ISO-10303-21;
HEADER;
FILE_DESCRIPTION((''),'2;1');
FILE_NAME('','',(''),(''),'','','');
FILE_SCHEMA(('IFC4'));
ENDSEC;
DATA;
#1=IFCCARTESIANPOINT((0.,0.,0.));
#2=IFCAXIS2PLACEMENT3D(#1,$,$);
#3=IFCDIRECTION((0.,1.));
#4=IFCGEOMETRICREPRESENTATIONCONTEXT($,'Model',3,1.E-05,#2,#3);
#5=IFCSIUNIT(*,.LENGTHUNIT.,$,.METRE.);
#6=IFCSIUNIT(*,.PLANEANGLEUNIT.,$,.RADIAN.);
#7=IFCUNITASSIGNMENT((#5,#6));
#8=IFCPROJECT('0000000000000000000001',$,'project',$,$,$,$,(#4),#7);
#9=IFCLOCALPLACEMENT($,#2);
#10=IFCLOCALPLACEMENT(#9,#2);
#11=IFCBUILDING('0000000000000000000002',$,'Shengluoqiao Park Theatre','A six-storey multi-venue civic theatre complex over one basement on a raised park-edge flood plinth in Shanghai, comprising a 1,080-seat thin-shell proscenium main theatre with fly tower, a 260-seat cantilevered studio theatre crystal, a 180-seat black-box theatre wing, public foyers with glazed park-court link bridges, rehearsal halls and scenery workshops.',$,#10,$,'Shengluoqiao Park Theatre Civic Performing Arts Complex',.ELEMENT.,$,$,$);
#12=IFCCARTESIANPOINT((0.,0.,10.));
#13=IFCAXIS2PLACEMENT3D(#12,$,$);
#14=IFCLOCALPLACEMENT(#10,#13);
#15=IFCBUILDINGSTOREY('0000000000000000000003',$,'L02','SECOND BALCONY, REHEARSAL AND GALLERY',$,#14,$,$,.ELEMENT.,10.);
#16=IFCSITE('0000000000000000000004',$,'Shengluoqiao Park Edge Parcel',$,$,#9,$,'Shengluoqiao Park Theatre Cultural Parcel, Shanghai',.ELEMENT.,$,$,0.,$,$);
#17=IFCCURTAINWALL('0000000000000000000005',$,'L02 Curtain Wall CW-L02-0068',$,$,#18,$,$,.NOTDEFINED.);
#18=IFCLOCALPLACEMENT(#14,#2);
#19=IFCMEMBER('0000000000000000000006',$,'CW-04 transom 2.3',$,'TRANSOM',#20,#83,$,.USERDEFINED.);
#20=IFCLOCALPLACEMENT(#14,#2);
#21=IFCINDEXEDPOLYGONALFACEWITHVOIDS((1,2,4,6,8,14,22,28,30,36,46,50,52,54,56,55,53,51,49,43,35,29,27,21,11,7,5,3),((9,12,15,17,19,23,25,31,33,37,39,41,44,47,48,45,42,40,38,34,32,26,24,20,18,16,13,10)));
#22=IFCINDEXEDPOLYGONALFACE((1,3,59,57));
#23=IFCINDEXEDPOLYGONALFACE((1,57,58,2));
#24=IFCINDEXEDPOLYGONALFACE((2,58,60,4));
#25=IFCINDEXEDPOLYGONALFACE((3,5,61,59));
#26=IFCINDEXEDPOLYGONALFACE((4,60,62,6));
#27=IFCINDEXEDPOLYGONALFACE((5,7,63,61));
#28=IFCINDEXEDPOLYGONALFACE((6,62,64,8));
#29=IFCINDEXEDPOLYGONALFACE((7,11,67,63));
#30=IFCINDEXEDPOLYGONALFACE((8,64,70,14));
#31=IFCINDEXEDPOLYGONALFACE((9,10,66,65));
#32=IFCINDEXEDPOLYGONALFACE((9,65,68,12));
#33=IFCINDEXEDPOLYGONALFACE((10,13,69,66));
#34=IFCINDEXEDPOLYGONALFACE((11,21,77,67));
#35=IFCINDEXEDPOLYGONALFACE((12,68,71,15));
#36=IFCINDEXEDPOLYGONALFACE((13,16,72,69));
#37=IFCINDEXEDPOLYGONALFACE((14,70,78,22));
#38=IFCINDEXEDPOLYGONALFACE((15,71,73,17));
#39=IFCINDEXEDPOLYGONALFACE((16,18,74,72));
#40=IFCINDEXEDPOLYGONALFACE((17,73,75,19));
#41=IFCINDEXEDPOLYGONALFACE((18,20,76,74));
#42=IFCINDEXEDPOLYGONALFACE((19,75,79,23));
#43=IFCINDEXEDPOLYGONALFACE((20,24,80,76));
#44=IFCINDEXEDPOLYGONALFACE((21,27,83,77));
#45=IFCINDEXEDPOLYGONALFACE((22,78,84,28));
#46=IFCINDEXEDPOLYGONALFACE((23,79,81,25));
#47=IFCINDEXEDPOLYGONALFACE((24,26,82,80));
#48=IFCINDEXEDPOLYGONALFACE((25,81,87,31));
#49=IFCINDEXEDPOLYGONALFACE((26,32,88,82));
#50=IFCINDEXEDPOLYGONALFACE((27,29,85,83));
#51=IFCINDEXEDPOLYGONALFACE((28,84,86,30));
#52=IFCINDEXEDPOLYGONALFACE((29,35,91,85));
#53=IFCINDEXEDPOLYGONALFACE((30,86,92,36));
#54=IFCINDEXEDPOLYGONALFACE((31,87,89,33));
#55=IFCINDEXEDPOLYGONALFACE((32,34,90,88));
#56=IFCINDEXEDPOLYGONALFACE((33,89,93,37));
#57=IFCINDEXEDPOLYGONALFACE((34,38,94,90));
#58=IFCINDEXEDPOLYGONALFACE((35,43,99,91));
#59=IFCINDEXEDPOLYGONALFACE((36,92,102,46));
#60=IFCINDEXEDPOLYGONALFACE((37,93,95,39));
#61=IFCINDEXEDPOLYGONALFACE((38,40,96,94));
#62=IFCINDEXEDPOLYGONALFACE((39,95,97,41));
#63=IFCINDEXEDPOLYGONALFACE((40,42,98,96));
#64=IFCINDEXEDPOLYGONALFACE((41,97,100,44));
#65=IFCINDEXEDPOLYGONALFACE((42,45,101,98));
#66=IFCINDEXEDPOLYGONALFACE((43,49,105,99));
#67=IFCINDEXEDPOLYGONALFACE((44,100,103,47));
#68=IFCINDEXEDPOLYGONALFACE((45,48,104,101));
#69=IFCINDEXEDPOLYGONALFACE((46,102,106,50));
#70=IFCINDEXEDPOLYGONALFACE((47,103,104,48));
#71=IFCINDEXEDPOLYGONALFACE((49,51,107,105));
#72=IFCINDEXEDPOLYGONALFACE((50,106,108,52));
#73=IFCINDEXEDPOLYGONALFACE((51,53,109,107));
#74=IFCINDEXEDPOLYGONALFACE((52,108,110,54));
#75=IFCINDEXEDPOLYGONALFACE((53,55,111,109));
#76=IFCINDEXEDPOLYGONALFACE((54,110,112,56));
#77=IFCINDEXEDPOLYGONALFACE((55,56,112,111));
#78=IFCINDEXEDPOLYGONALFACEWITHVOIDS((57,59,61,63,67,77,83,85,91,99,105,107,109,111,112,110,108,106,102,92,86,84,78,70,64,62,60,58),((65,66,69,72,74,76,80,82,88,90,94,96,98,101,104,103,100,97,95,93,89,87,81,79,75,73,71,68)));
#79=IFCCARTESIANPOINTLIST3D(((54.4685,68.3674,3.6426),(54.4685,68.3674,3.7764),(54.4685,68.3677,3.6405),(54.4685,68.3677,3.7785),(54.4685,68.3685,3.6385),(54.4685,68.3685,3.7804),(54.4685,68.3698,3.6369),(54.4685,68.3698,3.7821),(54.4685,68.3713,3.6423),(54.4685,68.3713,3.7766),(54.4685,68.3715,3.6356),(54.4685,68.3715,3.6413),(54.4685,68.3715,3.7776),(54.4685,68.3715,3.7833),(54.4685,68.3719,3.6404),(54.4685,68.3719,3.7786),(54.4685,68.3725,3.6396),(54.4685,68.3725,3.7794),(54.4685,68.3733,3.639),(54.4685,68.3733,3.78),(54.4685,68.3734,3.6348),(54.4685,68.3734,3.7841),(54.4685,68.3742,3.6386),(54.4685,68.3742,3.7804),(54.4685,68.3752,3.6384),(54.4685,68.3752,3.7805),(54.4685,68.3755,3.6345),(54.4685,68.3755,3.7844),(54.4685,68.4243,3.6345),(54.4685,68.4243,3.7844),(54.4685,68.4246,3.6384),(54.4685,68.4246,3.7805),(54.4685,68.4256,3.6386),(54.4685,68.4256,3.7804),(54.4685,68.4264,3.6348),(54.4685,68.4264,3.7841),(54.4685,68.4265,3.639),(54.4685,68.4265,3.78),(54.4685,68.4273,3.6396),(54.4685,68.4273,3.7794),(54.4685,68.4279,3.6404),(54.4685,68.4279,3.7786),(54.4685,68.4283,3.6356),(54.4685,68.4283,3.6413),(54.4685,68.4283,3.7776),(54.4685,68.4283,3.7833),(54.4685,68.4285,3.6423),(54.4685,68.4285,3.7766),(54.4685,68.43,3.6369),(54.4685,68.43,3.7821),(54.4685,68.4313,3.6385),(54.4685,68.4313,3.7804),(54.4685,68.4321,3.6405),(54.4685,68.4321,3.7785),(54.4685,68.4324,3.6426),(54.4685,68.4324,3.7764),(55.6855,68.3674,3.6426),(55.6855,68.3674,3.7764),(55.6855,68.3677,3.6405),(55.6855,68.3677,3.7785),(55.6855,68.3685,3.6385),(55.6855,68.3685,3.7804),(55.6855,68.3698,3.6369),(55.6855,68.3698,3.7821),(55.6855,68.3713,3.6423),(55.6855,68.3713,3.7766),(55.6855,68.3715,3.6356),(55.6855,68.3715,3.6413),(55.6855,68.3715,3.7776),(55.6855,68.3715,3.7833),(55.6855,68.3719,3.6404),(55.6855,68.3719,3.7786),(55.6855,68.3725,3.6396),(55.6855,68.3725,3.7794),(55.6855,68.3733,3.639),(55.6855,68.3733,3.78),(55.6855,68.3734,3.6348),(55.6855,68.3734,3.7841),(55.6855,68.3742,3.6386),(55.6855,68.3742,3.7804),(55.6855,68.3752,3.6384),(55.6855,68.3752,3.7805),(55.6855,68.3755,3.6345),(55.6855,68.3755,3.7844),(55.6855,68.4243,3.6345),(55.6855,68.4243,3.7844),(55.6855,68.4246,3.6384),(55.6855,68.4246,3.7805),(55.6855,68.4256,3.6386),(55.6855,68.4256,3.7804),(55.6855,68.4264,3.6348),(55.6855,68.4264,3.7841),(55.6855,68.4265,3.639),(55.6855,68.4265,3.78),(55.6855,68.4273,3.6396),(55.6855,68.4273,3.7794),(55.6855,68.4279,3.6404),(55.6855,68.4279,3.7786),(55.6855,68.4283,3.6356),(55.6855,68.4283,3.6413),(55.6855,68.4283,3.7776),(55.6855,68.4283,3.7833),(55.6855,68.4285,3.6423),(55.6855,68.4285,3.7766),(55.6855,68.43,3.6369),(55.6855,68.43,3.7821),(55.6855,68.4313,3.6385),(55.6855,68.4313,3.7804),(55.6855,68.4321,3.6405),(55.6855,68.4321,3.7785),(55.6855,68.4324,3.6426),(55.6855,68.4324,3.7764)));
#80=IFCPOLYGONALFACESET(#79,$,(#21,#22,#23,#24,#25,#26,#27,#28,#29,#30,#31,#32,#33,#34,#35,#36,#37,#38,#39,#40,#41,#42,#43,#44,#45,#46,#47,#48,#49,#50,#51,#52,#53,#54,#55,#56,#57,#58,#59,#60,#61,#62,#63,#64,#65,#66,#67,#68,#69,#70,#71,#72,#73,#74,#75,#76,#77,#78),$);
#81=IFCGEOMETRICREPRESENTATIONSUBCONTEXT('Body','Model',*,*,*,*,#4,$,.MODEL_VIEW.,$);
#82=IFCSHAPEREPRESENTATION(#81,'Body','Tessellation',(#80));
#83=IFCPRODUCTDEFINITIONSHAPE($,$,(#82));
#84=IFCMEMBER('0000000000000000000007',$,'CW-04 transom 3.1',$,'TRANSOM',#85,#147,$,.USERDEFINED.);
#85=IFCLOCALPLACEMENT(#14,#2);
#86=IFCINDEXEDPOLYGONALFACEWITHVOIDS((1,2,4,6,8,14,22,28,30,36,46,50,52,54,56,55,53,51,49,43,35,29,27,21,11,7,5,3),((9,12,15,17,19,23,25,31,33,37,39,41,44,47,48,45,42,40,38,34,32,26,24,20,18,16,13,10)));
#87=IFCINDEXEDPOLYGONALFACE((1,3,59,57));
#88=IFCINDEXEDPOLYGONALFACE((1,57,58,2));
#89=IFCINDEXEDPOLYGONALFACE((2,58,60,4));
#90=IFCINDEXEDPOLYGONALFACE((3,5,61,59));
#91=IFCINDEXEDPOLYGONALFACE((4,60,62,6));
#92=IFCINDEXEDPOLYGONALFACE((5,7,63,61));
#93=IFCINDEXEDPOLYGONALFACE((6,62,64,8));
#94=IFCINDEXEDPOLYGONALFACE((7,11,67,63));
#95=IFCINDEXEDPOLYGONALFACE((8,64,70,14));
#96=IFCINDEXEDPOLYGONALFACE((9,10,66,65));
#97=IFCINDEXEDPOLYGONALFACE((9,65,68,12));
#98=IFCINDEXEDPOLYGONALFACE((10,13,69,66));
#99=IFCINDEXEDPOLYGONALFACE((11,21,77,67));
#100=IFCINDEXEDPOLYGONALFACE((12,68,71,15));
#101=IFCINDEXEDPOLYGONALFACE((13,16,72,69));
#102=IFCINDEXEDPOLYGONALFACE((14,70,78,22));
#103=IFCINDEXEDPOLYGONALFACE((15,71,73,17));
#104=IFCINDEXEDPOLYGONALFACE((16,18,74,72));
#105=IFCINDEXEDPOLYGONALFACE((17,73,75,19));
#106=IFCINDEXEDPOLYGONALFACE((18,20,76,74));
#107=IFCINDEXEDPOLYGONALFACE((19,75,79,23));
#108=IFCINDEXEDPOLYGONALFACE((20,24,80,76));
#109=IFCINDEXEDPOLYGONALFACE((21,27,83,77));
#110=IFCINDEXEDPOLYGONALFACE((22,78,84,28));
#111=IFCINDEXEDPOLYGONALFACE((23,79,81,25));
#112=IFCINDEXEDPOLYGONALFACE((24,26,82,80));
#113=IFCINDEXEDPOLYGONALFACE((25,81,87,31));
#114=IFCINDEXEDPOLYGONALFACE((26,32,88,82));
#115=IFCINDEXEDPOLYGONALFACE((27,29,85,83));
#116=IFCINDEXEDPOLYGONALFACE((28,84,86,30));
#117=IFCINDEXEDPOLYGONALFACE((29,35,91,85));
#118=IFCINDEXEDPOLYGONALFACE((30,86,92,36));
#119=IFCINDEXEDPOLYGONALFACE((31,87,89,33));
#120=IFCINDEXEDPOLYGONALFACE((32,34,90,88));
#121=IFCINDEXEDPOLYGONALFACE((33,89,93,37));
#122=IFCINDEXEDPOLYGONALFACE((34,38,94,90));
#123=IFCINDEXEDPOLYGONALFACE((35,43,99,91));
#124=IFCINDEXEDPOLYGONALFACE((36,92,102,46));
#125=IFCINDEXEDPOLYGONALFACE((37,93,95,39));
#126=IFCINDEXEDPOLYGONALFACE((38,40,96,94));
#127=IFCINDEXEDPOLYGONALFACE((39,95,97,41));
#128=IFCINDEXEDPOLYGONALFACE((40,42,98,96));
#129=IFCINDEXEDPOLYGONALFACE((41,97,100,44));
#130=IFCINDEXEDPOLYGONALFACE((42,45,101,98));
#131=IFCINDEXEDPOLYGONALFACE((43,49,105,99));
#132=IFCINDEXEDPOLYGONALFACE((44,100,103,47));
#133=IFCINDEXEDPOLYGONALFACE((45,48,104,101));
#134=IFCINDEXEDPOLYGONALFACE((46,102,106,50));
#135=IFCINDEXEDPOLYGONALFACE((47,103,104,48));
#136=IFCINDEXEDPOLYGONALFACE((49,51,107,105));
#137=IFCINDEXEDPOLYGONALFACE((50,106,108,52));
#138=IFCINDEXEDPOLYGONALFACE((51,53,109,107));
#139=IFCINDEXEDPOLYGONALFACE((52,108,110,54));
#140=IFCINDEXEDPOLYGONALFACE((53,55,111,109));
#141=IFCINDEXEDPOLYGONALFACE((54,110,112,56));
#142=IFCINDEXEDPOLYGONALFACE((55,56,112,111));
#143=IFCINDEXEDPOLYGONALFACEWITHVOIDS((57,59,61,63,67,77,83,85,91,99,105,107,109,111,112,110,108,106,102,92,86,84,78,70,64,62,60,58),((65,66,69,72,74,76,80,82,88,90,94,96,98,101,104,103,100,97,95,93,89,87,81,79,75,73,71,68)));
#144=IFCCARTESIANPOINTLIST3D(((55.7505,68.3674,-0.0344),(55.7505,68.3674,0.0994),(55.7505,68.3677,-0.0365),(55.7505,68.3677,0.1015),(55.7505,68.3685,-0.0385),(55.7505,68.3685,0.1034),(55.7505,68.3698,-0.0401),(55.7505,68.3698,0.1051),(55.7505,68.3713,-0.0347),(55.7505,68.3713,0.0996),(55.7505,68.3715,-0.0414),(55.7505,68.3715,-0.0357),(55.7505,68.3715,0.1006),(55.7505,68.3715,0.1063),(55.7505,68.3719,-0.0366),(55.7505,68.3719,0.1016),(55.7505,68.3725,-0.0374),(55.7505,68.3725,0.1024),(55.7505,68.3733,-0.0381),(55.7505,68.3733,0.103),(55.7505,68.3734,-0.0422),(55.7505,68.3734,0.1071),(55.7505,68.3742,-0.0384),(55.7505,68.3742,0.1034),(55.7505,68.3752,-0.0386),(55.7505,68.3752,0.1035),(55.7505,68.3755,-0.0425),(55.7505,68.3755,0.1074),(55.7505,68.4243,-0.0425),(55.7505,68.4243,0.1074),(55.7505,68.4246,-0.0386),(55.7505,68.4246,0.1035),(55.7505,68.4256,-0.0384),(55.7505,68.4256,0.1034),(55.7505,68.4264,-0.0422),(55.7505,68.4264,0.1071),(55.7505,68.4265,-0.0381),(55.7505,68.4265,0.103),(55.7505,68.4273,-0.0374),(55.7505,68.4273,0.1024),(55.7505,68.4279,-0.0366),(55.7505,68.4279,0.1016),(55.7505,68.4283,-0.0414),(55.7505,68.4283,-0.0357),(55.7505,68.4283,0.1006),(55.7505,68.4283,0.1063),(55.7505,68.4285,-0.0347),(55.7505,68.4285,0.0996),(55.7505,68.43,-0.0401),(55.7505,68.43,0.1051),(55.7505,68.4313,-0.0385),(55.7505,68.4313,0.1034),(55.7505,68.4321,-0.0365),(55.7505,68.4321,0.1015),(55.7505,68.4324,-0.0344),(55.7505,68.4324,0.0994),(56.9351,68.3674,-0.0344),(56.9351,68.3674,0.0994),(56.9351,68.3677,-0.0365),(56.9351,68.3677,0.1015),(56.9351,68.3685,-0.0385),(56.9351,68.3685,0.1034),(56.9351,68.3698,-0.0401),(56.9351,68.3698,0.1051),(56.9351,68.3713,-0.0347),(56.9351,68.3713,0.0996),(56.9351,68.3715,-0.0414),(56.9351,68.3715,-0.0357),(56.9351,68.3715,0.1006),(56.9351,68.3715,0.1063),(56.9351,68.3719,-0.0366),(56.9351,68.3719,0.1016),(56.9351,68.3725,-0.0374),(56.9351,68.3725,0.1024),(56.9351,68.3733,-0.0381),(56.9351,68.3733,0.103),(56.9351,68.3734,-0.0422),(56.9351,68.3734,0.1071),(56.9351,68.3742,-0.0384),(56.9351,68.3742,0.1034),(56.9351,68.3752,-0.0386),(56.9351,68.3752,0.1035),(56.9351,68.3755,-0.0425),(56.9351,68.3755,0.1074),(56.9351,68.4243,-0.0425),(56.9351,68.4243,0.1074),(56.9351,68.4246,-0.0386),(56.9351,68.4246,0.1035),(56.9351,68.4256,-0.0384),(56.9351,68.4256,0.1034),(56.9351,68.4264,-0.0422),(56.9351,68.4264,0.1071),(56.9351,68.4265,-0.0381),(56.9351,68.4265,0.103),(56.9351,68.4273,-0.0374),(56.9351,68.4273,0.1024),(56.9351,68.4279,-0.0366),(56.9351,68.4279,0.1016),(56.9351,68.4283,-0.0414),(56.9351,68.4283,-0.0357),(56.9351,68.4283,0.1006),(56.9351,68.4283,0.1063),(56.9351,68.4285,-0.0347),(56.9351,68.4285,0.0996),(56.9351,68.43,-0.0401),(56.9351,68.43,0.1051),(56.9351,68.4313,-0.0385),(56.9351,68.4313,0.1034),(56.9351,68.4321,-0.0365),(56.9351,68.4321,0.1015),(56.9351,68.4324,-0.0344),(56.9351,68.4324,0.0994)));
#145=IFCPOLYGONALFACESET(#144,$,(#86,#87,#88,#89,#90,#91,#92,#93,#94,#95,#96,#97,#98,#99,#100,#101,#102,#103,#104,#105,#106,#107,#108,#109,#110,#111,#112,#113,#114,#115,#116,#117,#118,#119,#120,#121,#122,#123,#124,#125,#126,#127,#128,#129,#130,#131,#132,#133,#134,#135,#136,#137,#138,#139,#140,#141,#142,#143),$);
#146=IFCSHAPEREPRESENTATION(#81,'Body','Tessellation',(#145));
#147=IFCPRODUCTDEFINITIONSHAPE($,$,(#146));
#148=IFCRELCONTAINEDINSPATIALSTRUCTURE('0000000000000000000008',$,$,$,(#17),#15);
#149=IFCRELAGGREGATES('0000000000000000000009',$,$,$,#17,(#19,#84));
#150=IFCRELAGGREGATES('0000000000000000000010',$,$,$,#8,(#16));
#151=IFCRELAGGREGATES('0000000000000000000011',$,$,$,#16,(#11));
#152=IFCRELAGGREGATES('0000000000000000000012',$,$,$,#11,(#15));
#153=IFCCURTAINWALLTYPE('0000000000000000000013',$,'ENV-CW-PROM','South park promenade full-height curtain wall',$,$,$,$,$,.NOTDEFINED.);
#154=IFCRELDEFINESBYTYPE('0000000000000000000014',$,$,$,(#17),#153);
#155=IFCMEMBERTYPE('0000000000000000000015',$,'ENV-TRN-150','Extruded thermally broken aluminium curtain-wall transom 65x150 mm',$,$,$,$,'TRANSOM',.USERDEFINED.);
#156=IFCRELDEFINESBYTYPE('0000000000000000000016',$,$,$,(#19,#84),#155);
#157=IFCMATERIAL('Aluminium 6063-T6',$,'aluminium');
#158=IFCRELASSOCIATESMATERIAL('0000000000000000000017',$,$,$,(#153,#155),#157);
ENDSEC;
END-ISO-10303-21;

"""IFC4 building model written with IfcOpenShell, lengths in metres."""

from ifc_helpers import new_model, si_unit, direction, frame, origin, origin_2d, place, context, subcontext, project, spatial, hollow_rectangle, extrude, material, material_profile, profile_set, type_object, element, aggregate, save


model = new_model("IFC4")

# Units and contexts
model_context = context("Model", 3, precision=1e-05, world=origin(), true_north=direction((0.0, 1.0)))
body_context = subcontext(model_context, "Body", "Model", "MODEL_VIEW")
ifc_project = project(units=[si_unit("LENGTHUNIT", "METRE"), si_unit("PLANEANGLEUNIT", "RADIAN")], contexts=[model_context])

# Site, building, storey
site_placement = place(None, origin())
site = spatial("IfcSite", under=ifc_project, at=site_placement, Name="Shengluoqiao Park Edge Parcel", LongName="Shengluoqiao Park Theatre Cultural Parcel, Shanghai", CompositionType="ELEMENT", RefElevation=0.0)
building_placement = place(site_placement, origin())
building = spatial("IfcBuilding", under=site, at=building_placement, Name="Shengluoqiao Park Theatre", Description="A six-storey multi-venue civic theatre complex over one basement on a raised park-edge flood plinth in Shanghai, comprising a 1,080-seat thin-shell proscenium main theatre with fly tower, a 260-seat cantilevered studio theatre crystal, a 180-seat black-box theatre wing, public foyers with glazed park-court link bridges, rehearsal halls and scenery workshops.", LongName="Shengluoqiao Park Theatre Civic Performing Arts Complex", CompositionType="ELEMENT")
storey_placement = place(building_placement, frame((0.0, 0.0, 10.0)))
storey = spatial("IfcBuildingStorey", under=building, at=storey_placement, Name="L02", Description="SECOND BALCONY, REHEARSAL AND GALLERY", CompositionType="ELEMENT", Elevation=10.0)

# Curtain wall
ifc_material_1 = material(Name="Aluminium 6063-T6", Category="aluminium")
curtain_wall_type = type_object("IfcCurtainWallType", Name="ENV-CW-PROM", Description="South park promenade full-height curtain wall", PredefinedType="NOTDEFINED", material=ifc_material_1)
curtain_wall_1_placement = place(storey_placement, origin())
curtain_wall_1 = element("IfcCurtainWall", 1, at=curtain_wall_1_placement, inside=storey, type_object=curtain_wall_type, Name="L02 Curtain Wall CW-L02-0068", PredefinedType="NOTDEFINED")

# Members
ifc_material_profile_1 = material_profile(ifc_material_1, hollow_rectangle(XDim=0.0649, YDim=0.1499, WallThickness=0.0039, InnerFilletRadius=0.0039, OuterFilletRadius=0.0081, at=origin_2d()), Name="ALU TRANSOM 150x65x4")
ifc_profile_set_1 = profile_set([ifc_material_profile_1], Name="Aluminium 6063-T6")
member_type_1 = type_object("IfcMemberType", Name="ENV-TRN-150", Description="Extruded thermally broken aluminium curtain-wall transom 65x150 mm", ElementType="TRANSOM", PredefinedType="USERDEFINED", material=ifc_profile_set_1)
member_1_placement = place(storey_placement, frame((54.4685, 68.3999, 3.7095), z_axis=(1.0, 0.0, 0.0), x_axis=(0.0, 1.0, 0.0)))
member_1 = element("IfcMember", 2, at=member_1_placement, type_object=member_type_1, Name="CW-04 transom 2.3", ObjectType="TRANSOM", PredefinedType="USERDEFINED", context=body_context, shape_type="SweptSolid", body=[
    extrude(hollow_rectangle(XDim=0.0649, YDim=0.1499, WallThickness=0.0039, InnerFilletRadius=0.0039, OuterFilletRadius=0.0081, at=origin_2d()), origin(), (0.0, 0.0, 1.0), 1.217),
])
member_2_placement = place(storey_placement, frame((55.7505, 68.3999, 0.0325), z_axis=(1.0, 0.0, 0.0), x_axis=(0.0, 1.0, 0.0)))
member_2 = element("IfcMember", 3, at=member_2_placement, type_object=member_type_1, Name="CW-04 transom 3.1", ObjectType="TRANSOM", PredefinedType="USERDEFINED", context=body_context, shape_type="SweptSolid", body=[
    extrude(hollow_rectangle(XDim=0.0649, YDim=0.1499, WallThickness=0.0039, InnerFilletRadius=0.0039, OuterFilletRadius=0.0081, at=origin_2d()), origin(), (0.0, 0.0, 1.0), 1.1846),
])

aggregate(curtain_wall_1, [member_1, member_2])

save(model, "model.ifc")
